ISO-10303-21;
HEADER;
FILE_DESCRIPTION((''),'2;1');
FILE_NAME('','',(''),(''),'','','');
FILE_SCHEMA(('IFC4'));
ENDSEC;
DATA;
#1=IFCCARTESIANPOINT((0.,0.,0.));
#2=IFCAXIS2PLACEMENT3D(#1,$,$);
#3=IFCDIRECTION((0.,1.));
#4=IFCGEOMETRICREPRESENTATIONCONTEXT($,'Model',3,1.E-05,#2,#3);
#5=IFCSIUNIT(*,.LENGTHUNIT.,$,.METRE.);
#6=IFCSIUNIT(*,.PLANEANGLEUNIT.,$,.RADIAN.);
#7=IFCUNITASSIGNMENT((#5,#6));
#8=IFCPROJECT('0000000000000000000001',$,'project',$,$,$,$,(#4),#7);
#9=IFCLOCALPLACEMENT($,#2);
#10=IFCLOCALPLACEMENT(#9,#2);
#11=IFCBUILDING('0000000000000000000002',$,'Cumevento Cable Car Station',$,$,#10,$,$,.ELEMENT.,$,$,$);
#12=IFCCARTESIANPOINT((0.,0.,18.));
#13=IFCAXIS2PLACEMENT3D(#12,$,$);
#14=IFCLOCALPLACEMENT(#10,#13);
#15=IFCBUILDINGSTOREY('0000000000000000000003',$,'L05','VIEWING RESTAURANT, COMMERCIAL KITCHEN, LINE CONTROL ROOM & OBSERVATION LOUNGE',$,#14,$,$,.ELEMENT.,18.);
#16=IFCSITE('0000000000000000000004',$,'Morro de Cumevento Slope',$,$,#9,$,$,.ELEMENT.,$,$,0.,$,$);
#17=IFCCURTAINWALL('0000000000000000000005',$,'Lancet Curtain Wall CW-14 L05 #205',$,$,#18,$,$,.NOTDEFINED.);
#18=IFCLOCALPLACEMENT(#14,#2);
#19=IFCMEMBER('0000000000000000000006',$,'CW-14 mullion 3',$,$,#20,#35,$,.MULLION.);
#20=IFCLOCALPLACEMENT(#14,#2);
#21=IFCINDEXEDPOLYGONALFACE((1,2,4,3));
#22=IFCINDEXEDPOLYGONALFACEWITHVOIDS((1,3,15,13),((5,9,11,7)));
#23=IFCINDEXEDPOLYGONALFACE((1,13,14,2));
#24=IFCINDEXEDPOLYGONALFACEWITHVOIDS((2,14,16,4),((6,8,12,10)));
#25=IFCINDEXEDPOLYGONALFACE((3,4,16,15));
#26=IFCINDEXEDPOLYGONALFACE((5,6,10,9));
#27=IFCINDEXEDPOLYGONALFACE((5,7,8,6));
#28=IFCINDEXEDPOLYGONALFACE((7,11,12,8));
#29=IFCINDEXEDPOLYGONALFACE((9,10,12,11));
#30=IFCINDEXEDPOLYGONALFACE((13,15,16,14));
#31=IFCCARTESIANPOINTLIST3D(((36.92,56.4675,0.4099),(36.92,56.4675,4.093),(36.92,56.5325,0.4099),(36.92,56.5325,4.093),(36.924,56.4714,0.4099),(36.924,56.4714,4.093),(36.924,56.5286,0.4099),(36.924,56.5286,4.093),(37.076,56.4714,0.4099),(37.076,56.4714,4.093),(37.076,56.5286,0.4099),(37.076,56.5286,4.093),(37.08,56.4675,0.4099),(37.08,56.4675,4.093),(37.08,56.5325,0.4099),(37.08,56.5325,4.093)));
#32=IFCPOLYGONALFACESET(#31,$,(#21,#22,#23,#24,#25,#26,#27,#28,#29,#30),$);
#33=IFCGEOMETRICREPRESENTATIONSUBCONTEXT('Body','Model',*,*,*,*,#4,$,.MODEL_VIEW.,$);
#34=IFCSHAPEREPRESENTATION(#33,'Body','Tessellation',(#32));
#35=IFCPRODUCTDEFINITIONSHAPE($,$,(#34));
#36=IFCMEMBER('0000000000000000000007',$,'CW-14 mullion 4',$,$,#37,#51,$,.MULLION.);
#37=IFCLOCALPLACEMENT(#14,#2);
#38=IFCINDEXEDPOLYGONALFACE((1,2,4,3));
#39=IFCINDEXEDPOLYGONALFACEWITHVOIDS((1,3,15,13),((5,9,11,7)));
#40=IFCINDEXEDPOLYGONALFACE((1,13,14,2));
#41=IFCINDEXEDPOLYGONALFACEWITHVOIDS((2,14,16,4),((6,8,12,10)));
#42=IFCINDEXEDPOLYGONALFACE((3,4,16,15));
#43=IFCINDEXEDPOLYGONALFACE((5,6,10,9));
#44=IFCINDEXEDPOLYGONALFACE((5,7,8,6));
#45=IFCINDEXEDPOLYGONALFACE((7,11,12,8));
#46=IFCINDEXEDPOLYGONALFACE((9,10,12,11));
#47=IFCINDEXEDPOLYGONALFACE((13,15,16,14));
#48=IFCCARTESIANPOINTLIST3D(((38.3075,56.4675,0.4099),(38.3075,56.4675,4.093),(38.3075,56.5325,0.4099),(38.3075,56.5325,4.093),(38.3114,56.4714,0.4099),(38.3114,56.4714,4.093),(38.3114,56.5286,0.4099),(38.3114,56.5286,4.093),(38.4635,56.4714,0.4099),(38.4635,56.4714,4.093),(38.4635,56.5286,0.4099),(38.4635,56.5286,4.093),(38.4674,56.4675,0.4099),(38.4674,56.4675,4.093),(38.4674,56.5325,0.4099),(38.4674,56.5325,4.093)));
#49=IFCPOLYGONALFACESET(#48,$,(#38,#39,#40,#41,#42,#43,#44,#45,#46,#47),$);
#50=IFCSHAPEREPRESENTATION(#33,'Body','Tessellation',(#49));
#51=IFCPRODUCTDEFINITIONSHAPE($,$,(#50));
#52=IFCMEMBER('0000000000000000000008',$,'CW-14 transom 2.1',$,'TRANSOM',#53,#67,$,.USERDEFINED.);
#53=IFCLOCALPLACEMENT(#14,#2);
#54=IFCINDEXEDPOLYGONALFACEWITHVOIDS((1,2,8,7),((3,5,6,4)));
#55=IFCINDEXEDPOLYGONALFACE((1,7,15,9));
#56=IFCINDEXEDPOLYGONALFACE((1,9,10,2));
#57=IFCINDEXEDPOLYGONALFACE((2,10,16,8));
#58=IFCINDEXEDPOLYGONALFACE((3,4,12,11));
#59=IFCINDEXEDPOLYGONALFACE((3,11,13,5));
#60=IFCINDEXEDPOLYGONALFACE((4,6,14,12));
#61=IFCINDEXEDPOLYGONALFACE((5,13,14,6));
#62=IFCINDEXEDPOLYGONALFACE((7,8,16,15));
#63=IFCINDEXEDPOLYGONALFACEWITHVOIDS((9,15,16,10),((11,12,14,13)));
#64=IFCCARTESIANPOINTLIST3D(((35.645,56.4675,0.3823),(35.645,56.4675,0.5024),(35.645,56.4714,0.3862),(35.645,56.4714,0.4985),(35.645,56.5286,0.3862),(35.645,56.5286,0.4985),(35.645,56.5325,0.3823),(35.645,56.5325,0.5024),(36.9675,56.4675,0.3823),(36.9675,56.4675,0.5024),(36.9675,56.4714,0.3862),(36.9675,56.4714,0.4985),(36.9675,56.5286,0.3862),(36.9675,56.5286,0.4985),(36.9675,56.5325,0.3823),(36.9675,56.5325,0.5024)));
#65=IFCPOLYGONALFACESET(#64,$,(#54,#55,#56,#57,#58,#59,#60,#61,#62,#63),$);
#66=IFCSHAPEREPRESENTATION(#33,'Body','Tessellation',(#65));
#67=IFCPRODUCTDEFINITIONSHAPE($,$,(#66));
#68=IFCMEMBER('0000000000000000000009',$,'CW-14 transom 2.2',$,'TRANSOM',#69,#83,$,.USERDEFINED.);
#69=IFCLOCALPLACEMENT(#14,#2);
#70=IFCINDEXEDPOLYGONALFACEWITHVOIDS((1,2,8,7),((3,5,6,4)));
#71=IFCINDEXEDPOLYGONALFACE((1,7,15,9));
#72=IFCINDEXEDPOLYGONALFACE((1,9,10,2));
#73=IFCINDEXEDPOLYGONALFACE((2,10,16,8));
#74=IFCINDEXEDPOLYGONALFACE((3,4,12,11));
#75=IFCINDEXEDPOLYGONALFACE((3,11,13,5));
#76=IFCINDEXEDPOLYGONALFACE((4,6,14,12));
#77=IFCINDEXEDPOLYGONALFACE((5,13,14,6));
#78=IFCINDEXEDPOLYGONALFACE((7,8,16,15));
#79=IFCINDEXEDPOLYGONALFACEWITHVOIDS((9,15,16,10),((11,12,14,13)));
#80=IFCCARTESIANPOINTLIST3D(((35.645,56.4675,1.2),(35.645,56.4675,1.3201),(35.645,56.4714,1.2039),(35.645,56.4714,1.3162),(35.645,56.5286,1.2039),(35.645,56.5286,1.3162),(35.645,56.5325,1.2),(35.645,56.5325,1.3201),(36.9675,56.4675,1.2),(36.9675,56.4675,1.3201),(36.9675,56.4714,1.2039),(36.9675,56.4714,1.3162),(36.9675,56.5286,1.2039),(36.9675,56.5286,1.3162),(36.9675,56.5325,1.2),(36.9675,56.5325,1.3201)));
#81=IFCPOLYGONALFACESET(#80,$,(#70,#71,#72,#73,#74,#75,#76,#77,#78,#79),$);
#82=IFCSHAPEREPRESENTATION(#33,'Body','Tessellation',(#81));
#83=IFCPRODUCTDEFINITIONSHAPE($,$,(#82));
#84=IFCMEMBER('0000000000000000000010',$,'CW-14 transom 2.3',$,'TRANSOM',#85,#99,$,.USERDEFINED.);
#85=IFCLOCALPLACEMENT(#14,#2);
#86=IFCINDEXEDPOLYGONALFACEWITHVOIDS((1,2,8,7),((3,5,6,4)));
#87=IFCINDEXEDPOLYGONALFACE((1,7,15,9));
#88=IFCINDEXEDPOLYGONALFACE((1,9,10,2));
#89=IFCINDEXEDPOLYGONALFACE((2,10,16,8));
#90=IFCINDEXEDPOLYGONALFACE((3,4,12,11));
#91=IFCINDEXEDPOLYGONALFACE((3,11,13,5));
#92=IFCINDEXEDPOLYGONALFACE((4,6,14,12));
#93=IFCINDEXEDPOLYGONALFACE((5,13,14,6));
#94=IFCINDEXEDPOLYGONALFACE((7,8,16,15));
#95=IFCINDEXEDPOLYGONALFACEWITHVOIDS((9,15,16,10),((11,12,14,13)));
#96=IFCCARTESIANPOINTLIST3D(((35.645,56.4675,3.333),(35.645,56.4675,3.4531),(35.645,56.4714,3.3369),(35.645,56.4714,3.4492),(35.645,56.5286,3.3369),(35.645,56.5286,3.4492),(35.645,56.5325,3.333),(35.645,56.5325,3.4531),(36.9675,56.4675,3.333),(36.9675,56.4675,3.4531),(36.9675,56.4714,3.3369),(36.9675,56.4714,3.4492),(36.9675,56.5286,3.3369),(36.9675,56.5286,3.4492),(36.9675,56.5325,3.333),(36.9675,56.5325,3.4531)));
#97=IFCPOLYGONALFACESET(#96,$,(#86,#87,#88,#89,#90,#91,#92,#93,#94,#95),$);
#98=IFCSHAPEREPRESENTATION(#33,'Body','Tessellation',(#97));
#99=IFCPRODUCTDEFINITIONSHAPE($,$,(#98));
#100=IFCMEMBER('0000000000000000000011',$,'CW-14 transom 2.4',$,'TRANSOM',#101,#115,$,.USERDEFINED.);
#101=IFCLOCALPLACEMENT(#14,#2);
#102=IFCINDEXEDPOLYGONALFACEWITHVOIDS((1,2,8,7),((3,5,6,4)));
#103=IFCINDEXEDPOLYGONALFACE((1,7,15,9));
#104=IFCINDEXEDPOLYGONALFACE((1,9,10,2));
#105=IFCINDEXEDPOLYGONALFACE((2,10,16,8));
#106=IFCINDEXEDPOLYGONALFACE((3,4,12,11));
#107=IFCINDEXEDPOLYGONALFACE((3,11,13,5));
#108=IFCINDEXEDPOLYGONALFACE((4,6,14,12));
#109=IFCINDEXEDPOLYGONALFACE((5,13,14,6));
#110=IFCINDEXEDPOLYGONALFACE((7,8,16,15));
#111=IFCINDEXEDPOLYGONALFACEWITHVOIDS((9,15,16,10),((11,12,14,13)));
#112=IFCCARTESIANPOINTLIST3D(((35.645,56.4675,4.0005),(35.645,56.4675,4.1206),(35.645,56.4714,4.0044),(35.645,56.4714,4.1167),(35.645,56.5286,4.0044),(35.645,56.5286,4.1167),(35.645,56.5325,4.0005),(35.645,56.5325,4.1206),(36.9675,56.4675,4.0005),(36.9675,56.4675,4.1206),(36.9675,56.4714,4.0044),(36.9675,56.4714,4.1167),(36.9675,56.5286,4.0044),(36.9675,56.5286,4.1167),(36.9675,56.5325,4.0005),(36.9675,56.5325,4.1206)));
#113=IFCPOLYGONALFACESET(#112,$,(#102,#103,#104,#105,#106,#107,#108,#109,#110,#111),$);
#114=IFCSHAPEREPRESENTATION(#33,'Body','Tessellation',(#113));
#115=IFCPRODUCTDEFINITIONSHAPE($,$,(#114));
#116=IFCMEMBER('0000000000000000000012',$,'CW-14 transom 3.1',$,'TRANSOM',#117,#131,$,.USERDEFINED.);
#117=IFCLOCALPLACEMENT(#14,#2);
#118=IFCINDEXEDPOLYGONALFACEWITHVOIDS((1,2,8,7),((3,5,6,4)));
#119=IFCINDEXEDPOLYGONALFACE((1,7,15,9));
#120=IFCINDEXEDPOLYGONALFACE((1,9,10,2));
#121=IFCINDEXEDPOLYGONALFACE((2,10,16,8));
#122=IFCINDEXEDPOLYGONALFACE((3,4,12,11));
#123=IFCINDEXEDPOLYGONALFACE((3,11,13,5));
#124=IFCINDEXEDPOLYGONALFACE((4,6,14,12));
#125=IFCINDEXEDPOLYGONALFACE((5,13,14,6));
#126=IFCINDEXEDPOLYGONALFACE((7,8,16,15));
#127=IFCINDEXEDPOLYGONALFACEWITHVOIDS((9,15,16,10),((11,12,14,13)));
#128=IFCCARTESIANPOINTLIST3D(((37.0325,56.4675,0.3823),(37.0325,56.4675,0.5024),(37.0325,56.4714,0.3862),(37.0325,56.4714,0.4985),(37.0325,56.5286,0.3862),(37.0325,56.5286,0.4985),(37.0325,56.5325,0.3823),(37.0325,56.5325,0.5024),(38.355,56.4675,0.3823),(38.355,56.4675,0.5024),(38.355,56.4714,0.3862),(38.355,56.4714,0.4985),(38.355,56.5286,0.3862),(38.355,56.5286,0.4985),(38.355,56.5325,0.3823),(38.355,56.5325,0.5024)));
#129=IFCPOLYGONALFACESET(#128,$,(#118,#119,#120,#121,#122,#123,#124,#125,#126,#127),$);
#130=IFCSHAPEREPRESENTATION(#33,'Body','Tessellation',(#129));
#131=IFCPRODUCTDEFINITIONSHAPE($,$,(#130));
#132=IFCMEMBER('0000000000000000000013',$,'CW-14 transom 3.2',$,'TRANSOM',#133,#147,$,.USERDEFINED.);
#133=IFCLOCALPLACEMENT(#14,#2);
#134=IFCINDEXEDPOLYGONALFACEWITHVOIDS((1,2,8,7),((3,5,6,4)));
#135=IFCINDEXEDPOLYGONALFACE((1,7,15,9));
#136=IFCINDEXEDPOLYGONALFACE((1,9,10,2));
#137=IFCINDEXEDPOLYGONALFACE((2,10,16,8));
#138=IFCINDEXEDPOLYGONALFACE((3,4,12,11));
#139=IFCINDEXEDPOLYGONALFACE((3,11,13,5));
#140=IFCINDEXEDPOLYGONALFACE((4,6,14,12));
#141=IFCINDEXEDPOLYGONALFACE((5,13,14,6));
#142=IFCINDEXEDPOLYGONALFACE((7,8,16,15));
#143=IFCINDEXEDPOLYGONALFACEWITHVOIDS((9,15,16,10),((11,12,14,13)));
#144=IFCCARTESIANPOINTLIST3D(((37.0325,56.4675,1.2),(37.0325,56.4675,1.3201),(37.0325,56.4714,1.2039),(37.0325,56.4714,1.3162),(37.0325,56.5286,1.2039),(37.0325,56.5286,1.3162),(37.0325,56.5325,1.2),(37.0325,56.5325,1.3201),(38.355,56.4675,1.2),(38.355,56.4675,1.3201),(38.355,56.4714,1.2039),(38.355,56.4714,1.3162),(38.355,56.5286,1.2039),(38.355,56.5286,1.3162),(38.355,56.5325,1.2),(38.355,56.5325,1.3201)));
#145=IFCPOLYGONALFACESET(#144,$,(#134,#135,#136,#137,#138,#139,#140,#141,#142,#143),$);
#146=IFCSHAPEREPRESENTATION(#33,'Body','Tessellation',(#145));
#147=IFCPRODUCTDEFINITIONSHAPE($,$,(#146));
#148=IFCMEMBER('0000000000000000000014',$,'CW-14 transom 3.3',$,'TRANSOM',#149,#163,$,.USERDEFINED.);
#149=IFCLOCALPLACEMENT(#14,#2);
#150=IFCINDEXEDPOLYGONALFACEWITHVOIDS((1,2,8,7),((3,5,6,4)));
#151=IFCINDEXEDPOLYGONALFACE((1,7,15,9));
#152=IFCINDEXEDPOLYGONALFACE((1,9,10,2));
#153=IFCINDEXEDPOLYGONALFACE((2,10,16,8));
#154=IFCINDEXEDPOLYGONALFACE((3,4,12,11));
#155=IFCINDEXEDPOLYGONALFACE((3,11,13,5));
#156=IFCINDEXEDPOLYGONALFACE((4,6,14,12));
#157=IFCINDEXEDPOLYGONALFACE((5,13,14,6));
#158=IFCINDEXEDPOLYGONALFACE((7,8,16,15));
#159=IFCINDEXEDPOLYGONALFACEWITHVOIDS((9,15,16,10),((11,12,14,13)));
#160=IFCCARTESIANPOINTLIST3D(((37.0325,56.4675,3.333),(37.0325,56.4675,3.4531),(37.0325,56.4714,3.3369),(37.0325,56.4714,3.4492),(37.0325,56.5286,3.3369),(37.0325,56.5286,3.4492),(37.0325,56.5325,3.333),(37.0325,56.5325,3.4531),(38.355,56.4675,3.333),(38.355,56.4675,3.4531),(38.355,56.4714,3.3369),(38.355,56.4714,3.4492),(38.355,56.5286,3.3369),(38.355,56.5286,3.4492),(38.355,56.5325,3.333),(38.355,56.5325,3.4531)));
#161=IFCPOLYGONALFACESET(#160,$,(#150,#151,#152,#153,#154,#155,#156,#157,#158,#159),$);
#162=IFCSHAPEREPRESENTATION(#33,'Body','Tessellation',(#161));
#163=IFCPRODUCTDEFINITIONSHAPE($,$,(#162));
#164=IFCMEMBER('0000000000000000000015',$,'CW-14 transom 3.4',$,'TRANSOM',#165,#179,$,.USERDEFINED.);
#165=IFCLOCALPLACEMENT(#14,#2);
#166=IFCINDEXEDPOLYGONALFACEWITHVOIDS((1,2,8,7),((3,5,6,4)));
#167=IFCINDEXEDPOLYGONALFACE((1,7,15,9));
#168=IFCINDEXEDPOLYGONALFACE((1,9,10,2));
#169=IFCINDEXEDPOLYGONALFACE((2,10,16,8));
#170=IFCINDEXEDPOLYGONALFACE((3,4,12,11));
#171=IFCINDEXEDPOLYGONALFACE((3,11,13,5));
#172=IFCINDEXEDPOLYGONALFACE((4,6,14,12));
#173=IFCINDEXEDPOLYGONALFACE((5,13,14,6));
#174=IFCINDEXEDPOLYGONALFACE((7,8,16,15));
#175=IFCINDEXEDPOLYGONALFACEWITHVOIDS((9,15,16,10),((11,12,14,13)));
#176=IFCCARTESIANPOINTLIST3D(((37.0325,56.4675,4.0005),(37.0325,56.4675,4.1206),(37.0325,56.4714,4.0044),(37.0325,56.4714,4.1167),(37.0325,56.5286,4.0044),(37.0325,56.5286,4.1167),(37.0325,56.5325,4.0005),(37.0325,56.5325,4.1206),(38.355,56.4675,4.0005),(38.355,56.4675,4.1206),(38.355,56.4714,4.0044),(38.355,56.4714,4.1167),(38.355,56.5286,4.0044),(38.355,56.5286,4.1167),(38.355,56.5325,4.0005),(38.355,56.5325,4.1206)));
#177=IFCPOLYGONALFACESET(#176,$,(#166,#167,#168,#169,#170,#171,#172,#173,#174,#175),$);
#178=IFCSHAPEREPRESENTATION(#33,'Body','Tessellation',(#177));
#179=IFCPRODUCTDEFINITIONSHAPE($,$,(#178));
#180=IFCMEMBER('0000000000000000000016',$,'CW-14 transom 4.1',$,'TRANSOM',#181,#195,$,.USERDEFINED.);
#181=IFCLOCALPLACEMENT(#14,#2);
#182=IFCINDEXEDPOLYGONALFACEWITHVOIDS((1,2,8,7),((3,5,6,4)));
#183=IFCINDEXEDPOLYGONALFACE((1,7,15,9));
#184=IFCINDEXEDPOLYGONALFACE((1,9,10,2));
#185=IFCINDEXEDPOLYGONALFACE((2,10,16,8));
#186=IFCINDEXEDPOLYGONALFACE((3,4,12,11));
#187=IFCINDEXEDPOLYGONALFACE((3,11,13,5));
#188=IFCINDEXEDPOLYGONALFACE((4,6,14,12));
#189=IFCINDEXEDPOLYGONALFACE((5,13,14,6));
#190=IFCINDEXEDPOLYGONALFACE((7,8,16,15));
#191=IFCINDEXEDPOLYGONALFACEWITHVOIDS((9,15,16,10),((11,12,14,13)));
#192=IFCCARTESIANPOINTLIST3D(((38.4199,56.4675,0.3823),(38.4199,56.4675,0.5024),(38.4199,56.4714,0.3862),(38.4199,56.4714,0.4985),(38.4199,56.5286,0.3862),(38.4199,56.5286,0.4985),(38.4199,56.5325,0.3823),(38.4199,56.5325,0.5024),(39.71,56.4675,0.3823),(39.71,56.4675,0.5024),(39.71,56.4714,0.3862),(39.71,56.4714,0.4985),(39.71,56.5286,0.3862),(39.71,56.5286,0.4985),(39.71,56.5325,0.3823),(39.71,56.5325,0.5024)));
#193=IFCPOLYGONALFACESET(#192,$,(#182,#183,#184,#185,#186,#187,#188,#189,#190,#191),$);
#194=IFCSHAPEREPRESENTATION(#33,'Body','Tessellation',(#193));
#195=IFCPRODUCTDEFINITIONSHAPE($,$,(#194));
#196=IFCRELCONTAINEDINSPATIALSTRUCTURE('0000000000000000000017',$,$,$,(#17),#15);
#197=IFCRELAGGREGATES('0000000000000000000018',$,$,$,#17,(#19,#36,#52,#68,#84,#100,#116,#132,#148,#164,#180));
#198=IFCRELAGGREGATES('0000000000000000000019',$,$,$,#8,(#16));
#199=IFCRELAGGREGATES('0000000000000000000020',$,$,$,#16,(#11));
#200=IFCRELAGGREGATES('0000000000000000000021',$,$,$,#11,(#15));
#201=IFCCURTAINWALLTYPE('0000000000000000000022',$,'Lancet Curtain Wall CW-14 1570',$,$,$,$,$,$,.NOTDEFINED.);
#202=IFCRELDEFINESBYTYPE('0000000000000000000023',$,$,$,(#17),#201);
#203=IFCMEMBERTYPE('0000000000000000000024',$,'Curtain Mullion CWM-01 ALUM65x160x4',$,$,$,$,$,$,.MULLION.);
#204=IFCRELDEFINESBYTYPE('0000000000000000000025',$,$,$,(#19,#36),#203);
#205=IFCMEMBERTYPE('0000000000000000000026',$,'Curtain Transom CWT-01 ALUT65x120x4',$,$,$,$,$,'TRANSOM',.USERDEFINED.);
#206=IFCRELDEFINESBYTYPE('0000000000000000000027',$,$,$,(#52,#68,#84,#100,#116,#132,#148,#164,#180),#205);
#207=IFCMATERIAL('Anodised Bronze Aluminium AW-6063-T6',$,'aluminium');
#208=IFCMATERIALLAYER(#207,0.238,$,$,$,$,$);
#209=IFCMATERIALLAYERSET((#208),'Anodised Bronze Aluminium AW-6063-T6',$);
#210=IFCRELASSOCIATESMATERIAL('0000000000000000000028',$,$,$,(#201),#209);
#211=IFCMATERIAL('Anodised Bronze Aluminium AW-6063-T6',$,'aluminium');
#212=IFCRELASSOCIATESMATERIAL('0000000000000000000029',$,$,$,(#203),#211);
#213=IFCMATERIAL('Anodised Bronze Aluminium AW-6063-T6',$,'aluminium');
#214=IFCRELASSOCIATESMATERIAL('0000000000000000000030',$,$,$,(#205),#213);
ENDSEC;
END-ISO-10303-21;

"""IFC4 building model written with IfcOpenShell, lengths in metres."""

from ifc_helpers import new_model, si_unit, direction, frame, origin, origin_2d, place, context, subcontext, project, spatial, hollow_rectangle, extrude, material, layer, layer_set, material_profile, profile_set, type_object, element, aggregate, save


model = new_model("IFC4")

# Units and contexts
model_context = context("Model", 3, precision=1e-05, world=origin(), true_north=direction((0.0, 1.0)))
body_context = subcontext(model_context, "Body", "Model", "MODEL_VIEW")
ifc_project = project(units=[si_unit("LENGTHUNIT", "METRE"), si_unit("PLANEANGLEUNIT", "RADIAN")], contexts=[model_context])

# Site, building, storey
site_placement = place(None, origin())
site = spatial("IfcSite", under=ifc_project, at=site_placement, Name="Morro de Cumevento Slope", CompositionType="ELEMENT", RefElevation=0.0)
building_placement = place(site_placement, origin())
building = spatial("IfcBuilding", under=site, at=building_placement, Name="Cumevento Cable Car Station", CompositionType="ELEMENT")
storey_placement = place(building_placement, frame((0.0, 0.0, 18.0)))
storey = spatial("IfcBuildingStorey", under=building, at=storey_placement, Name="L05", Description="VIEWING RESTAURANT, COMMERCIAL KITCHEN, LINE CONTROL ROOM & OBSERVATION LOUNGE", CompositionType="ELEMENT", Elevation=18.0)

# Curtain wall, members
ifc_material_1 = material(Name="Anodised Bronze Aluminium AW-6063-T6", Category="aluminium")
ifc_layer_1 = layer(ifc_material_1, 0.238)
ifc_layer_set_1 = layer_set([ifc_layer_1], Name="Anodised Bronze Aluminium AW-6063-T6")
curtain_wall_type = type_object("IfcCurtainWallType", Name="Lancet Curtain Wall CW-14 1570", PredefinedType="NOTDEFINED", material=ifc_layer_set_1)
curtain_wall_placement = place(storey_placement, origin())
curtain_wall = element("IfcCurtainWall", 1, at=curtain_wall_placement, inside=storey, type_object=curtain_wall_type, Name="Lancet Curtain Wall CW-14 L05 #205", PredefinedType="NOTDEFINED")
ifc_material_2 = material(Name="Anodised Bronze Aluminium AW-6063-T6", Category="aluminium")
ifc_material_profile_1 = material_profile(ifc_material_2, hollow_rectangle(XDim=0.0649, YDim=0.1599, WallThickness=0.0039, at=origin_2d()), Name="ALUM65x160x4")
ifc_profile_set_1 = profile_set([ifc_material_profile_1], Name="Anodised Bronze Aluminium AW-6063-T6")
member_type_1 = type_object("IfcMemberType", Name="Curtain Mullion CWM-01 ALUM65x160x4", PredefinedType="MULLION", material=ifc_profile_set_1)
member_1_placement = place(storey_placement, frame((37.0, 56.5, 0.4099), z_axis=(0.0, 0.0, 1.0), x_axis=(0.0, 1.0, 0.0)))
member_1 = element("IfcMember", 2, at=member_1_placement, type_object=member_type_1, Name="CW-14 mullion 3", PredefinedType="MULLION", context=body_context, shape_type="SweptSolid", body=[
    extrude(hollow_rectangle(XDim=0.0649, YDim=0.1599, WallThickness=0.0039, at=origin_2d()), origin(), (0.0, 0.0, 1.0), 3.6831),
])
member_2_placement = place(storey_placement, frame((38.3875, 56.5, 0.4099), z_axis=(0.0, 0.0, 1.0), x_axis=(0.0, 1.0, 0.0)))
member_2 = element("IfcMember", 3, at=member_2_placement, type_object=member_type_1, Name="CW-14 mullion 4", PredefinedType="MULLION", context=body_context, shape_type="SweptSolid", body=[
    extrude(hollow_rectangle(XDim=0.0649, YDim=0.1599, WallThickness=0.0039, at=origin_2d()), origin(), (0.0, 0.0, 1.0), 3.6831),
])
ifc_material_3 = material(Name="Anodised Bronze Aluminium AW-6063-T6", Category="aluminium")
ifc_material_profile_2 = material_profile(ifc_material_3, hollow_rectangle(XDim=0.0649, YDim=0.1201, WallThickness=0.0039, at=origin_2d()), Name="ALUT65x120x4")
ifc_profile_set_2 = profile_set([ifc_material_profile_2], Name="Anodised Bronze Aluminium AW-6063-T6")
member_type_2 = type_object("IfcMemberType", Name="Curtain Transom CWT-01 ALUT65x120x4", ElementType="TRANSOM", PredefinedType="USERDEFINED", material=ifc_profile_set_2)
member_3_placement = place(storey_placement, frame((35.645, 56.5, 0.4424), z_axis=(1.0, 0.0, 0.0), x_axis=(0.0, 1.0, 0.0)))
member_3 = element("IfcMember", 4, at=member_3_placement, type_object=member_type_2, Name="CW-14 transom 2.1", ObjectType="TRANSOM", PredefinedType="USERDEFINED", context=body_context, shape_type="SweptSolid", body=[
    extrude(hollow_rectangle(XDim=0.0649, YDim=0.1201, WallThickness=0.0039, at=origin_2d()), origin(), (0.0, 0.0, 1.0), 1.3225),
])
member_4_placement = place(storey_placement, frame((35.645, 56.5, 1.26), z_axis=(1.0, 0.0, 0.0), x_axis=(0.0, 1.0, 0.0)))
member_4 = element("IfcMember", 5, at=member_4_placement, type_object=member_type_2, Name="CW-14 transom 2.2", ObjectType="TRANSOM", PredefinedType="USERDEFINED", context=body_context, shape_type="SweptSolid", body=[
    extrude(hollow_rectangle(XDim=0.0649, YDim=0.1201, WallThickness=0.0039, at=origin_2d()), origin(), (0.0, 0.0, 1.0), 1.3225),
])
member_5_placement = place(storey_placement, frame((35.645, 56.5, 3.3931), z_axis=(1.0, 0.0, 0.0), x_axis=(0.0, 1.0, 0.0)))
member_5 = element("IfcMember", 6, at=member_5_placement, type_object=member_type_2, Name="CW-14 transom 2.3", ObjectType="TRANSOM", PredefinedType="USERDEFINED", context=body_context, shape_type="SweptSolid", body=[
    extrude(hollow_rectangle(XDim=0.0649, YDim=0.1201, WallThickness=0.0039, at=origin_2d()), origin(), (0.0, 0.0, 1.0), 1.3225),
])
member_6_placement = place(storey_placement, frame((35.645, 56.5, 4.0605), z_axis=(1.0, 0.0, 0.0), x_axis=(0.0, 1.0, 0.0)))
member_6 = element("IfcMember", 7, at=member_6_placement, type_object=member_type_2, Name="CW-14 transom 2.4", ObjectType="TRANSOM", PredefinedType="USERDEFINED", context=body_context, shape_type="SweptSolid", body=[
    extrude(hollow_rectangle(XDim=0.0649, YDim=0.1201, WallThickness=0.0039, at=origin_2d()), origin(), (0.0, 0.0, 1.0), 1.3225),
])
member_7_placement = place(storey_placement, frame((37.0325, 56.5, 0.4424), z_axis=(1.0, 0.0, 0.0), x_axis=(0.0, 1.0, 0.0)))
member_7 = element("IfcMember", 8, at=member_7_placement, type_object=member_type_2, Name="CW-14 transom 3.1", ObjectType="TRANSOM", PredefinedType="USERDEFINED", context=body_context, shape_type="SweptSolid", body=[
    extrude(hollow_rectangle(XDim=0.0649, YDim=0.1201, WallThickness=0.0039, at=origin_2d()), origin(), (0.0, 0.0, 1.0), 1.3225),
])
member_8_placement = place(storey_placement, frame((37.0325, 56.5, 1.26), z_axis=(1.0, 0.0, 0.0), x_axis=(0.0, 1.0, 0.0)))
member_8 = element("IfcMember", 9, at=member_8_placement, type_object=member_type_2, Name="CW-14 transom 3.2", ObjectType="TRANSOM", PredefinedType="USERDEFINED", context=body_context, shape_type="SweptSolid", body=[
    extrude(hollow_rectangle(XDim=0.0649, YDim=0.1201, WallThickness=0.0039, at=origin_2d()), origin(), (0.0, 0.0, 1.0), 1.3225),
])
member_9_placement = place(storey_placement, frame((37.0325, 56.5, 3.3931), z_axis=(1.0, 0.0, 0.0), x_axis=(0.0, 1.0, 0.0)))
member_9 = element("IfcMember", 10, at=member_9_placement, type_object=member_type_2, Name="CW-14 transom 3.3", ObjectType="TRANSOM", PredefinedType="USERDEFINED", context=body_context, shape_type="SweptSolid", body=[
    extrude(hollow_rectangle(XDim=0.0649, YDim=0.1201, WallThickness=0.0039, at=origin_2d()), origin(), (0.0, 0.0, 1.0), 1.3225),
])
member_10_placement = place(storey_placement, frame((37.0325, 56.5, 4.0605), z_axis=(1.0, 0.0, 0.0), x_axis=(0.0, 1.0, 0.0)))
member_10 = element("IfcMember", 11, at=member_10_placement, type_object=member_type_2, Name="CW-14 transom 3.4", ObjectType="TRANSOM", PredefinedType="USERDEFINED", context=body_context, shape_type="SweptSolid", body=[
    extrude(hollow_rectangle(XDim=0.0649, YDim=0.1201, WallThickness=0.0039, at=origin_2d()), origin(), (0.0, 0.0, 1.0), 1.3225),
])
member_11_placement = place(storey_placement, frame((38.4199, 56.5, 0.4424), z_axis=(1.0, 0.0, 0.0), x_axis=(0.0, 1.0, 0.0)))
member_11 = element("IfcMember", 12, at=member_11_placement, type_object=member_type_2, Name="CW-14 transom 4.1", ObjectType="TRANSOM", PredefinedType="USERDEFINED", context=body_context, shape_type="SweptSolid", body=[
    extrude(hollow_rectangle(XDim=0.0649, YDim=0.1201, WallThickness=0.0039, at=origin_2d()), origin(), (0.0, 0.0, 1.0), 1.29),
])
aggregate(curtain_wall, [member_1, member_2, member_3, member_4, member_5, member_6, member_7, member_8, member_9, member_10, member_11])

save(model, "model.ifc")
